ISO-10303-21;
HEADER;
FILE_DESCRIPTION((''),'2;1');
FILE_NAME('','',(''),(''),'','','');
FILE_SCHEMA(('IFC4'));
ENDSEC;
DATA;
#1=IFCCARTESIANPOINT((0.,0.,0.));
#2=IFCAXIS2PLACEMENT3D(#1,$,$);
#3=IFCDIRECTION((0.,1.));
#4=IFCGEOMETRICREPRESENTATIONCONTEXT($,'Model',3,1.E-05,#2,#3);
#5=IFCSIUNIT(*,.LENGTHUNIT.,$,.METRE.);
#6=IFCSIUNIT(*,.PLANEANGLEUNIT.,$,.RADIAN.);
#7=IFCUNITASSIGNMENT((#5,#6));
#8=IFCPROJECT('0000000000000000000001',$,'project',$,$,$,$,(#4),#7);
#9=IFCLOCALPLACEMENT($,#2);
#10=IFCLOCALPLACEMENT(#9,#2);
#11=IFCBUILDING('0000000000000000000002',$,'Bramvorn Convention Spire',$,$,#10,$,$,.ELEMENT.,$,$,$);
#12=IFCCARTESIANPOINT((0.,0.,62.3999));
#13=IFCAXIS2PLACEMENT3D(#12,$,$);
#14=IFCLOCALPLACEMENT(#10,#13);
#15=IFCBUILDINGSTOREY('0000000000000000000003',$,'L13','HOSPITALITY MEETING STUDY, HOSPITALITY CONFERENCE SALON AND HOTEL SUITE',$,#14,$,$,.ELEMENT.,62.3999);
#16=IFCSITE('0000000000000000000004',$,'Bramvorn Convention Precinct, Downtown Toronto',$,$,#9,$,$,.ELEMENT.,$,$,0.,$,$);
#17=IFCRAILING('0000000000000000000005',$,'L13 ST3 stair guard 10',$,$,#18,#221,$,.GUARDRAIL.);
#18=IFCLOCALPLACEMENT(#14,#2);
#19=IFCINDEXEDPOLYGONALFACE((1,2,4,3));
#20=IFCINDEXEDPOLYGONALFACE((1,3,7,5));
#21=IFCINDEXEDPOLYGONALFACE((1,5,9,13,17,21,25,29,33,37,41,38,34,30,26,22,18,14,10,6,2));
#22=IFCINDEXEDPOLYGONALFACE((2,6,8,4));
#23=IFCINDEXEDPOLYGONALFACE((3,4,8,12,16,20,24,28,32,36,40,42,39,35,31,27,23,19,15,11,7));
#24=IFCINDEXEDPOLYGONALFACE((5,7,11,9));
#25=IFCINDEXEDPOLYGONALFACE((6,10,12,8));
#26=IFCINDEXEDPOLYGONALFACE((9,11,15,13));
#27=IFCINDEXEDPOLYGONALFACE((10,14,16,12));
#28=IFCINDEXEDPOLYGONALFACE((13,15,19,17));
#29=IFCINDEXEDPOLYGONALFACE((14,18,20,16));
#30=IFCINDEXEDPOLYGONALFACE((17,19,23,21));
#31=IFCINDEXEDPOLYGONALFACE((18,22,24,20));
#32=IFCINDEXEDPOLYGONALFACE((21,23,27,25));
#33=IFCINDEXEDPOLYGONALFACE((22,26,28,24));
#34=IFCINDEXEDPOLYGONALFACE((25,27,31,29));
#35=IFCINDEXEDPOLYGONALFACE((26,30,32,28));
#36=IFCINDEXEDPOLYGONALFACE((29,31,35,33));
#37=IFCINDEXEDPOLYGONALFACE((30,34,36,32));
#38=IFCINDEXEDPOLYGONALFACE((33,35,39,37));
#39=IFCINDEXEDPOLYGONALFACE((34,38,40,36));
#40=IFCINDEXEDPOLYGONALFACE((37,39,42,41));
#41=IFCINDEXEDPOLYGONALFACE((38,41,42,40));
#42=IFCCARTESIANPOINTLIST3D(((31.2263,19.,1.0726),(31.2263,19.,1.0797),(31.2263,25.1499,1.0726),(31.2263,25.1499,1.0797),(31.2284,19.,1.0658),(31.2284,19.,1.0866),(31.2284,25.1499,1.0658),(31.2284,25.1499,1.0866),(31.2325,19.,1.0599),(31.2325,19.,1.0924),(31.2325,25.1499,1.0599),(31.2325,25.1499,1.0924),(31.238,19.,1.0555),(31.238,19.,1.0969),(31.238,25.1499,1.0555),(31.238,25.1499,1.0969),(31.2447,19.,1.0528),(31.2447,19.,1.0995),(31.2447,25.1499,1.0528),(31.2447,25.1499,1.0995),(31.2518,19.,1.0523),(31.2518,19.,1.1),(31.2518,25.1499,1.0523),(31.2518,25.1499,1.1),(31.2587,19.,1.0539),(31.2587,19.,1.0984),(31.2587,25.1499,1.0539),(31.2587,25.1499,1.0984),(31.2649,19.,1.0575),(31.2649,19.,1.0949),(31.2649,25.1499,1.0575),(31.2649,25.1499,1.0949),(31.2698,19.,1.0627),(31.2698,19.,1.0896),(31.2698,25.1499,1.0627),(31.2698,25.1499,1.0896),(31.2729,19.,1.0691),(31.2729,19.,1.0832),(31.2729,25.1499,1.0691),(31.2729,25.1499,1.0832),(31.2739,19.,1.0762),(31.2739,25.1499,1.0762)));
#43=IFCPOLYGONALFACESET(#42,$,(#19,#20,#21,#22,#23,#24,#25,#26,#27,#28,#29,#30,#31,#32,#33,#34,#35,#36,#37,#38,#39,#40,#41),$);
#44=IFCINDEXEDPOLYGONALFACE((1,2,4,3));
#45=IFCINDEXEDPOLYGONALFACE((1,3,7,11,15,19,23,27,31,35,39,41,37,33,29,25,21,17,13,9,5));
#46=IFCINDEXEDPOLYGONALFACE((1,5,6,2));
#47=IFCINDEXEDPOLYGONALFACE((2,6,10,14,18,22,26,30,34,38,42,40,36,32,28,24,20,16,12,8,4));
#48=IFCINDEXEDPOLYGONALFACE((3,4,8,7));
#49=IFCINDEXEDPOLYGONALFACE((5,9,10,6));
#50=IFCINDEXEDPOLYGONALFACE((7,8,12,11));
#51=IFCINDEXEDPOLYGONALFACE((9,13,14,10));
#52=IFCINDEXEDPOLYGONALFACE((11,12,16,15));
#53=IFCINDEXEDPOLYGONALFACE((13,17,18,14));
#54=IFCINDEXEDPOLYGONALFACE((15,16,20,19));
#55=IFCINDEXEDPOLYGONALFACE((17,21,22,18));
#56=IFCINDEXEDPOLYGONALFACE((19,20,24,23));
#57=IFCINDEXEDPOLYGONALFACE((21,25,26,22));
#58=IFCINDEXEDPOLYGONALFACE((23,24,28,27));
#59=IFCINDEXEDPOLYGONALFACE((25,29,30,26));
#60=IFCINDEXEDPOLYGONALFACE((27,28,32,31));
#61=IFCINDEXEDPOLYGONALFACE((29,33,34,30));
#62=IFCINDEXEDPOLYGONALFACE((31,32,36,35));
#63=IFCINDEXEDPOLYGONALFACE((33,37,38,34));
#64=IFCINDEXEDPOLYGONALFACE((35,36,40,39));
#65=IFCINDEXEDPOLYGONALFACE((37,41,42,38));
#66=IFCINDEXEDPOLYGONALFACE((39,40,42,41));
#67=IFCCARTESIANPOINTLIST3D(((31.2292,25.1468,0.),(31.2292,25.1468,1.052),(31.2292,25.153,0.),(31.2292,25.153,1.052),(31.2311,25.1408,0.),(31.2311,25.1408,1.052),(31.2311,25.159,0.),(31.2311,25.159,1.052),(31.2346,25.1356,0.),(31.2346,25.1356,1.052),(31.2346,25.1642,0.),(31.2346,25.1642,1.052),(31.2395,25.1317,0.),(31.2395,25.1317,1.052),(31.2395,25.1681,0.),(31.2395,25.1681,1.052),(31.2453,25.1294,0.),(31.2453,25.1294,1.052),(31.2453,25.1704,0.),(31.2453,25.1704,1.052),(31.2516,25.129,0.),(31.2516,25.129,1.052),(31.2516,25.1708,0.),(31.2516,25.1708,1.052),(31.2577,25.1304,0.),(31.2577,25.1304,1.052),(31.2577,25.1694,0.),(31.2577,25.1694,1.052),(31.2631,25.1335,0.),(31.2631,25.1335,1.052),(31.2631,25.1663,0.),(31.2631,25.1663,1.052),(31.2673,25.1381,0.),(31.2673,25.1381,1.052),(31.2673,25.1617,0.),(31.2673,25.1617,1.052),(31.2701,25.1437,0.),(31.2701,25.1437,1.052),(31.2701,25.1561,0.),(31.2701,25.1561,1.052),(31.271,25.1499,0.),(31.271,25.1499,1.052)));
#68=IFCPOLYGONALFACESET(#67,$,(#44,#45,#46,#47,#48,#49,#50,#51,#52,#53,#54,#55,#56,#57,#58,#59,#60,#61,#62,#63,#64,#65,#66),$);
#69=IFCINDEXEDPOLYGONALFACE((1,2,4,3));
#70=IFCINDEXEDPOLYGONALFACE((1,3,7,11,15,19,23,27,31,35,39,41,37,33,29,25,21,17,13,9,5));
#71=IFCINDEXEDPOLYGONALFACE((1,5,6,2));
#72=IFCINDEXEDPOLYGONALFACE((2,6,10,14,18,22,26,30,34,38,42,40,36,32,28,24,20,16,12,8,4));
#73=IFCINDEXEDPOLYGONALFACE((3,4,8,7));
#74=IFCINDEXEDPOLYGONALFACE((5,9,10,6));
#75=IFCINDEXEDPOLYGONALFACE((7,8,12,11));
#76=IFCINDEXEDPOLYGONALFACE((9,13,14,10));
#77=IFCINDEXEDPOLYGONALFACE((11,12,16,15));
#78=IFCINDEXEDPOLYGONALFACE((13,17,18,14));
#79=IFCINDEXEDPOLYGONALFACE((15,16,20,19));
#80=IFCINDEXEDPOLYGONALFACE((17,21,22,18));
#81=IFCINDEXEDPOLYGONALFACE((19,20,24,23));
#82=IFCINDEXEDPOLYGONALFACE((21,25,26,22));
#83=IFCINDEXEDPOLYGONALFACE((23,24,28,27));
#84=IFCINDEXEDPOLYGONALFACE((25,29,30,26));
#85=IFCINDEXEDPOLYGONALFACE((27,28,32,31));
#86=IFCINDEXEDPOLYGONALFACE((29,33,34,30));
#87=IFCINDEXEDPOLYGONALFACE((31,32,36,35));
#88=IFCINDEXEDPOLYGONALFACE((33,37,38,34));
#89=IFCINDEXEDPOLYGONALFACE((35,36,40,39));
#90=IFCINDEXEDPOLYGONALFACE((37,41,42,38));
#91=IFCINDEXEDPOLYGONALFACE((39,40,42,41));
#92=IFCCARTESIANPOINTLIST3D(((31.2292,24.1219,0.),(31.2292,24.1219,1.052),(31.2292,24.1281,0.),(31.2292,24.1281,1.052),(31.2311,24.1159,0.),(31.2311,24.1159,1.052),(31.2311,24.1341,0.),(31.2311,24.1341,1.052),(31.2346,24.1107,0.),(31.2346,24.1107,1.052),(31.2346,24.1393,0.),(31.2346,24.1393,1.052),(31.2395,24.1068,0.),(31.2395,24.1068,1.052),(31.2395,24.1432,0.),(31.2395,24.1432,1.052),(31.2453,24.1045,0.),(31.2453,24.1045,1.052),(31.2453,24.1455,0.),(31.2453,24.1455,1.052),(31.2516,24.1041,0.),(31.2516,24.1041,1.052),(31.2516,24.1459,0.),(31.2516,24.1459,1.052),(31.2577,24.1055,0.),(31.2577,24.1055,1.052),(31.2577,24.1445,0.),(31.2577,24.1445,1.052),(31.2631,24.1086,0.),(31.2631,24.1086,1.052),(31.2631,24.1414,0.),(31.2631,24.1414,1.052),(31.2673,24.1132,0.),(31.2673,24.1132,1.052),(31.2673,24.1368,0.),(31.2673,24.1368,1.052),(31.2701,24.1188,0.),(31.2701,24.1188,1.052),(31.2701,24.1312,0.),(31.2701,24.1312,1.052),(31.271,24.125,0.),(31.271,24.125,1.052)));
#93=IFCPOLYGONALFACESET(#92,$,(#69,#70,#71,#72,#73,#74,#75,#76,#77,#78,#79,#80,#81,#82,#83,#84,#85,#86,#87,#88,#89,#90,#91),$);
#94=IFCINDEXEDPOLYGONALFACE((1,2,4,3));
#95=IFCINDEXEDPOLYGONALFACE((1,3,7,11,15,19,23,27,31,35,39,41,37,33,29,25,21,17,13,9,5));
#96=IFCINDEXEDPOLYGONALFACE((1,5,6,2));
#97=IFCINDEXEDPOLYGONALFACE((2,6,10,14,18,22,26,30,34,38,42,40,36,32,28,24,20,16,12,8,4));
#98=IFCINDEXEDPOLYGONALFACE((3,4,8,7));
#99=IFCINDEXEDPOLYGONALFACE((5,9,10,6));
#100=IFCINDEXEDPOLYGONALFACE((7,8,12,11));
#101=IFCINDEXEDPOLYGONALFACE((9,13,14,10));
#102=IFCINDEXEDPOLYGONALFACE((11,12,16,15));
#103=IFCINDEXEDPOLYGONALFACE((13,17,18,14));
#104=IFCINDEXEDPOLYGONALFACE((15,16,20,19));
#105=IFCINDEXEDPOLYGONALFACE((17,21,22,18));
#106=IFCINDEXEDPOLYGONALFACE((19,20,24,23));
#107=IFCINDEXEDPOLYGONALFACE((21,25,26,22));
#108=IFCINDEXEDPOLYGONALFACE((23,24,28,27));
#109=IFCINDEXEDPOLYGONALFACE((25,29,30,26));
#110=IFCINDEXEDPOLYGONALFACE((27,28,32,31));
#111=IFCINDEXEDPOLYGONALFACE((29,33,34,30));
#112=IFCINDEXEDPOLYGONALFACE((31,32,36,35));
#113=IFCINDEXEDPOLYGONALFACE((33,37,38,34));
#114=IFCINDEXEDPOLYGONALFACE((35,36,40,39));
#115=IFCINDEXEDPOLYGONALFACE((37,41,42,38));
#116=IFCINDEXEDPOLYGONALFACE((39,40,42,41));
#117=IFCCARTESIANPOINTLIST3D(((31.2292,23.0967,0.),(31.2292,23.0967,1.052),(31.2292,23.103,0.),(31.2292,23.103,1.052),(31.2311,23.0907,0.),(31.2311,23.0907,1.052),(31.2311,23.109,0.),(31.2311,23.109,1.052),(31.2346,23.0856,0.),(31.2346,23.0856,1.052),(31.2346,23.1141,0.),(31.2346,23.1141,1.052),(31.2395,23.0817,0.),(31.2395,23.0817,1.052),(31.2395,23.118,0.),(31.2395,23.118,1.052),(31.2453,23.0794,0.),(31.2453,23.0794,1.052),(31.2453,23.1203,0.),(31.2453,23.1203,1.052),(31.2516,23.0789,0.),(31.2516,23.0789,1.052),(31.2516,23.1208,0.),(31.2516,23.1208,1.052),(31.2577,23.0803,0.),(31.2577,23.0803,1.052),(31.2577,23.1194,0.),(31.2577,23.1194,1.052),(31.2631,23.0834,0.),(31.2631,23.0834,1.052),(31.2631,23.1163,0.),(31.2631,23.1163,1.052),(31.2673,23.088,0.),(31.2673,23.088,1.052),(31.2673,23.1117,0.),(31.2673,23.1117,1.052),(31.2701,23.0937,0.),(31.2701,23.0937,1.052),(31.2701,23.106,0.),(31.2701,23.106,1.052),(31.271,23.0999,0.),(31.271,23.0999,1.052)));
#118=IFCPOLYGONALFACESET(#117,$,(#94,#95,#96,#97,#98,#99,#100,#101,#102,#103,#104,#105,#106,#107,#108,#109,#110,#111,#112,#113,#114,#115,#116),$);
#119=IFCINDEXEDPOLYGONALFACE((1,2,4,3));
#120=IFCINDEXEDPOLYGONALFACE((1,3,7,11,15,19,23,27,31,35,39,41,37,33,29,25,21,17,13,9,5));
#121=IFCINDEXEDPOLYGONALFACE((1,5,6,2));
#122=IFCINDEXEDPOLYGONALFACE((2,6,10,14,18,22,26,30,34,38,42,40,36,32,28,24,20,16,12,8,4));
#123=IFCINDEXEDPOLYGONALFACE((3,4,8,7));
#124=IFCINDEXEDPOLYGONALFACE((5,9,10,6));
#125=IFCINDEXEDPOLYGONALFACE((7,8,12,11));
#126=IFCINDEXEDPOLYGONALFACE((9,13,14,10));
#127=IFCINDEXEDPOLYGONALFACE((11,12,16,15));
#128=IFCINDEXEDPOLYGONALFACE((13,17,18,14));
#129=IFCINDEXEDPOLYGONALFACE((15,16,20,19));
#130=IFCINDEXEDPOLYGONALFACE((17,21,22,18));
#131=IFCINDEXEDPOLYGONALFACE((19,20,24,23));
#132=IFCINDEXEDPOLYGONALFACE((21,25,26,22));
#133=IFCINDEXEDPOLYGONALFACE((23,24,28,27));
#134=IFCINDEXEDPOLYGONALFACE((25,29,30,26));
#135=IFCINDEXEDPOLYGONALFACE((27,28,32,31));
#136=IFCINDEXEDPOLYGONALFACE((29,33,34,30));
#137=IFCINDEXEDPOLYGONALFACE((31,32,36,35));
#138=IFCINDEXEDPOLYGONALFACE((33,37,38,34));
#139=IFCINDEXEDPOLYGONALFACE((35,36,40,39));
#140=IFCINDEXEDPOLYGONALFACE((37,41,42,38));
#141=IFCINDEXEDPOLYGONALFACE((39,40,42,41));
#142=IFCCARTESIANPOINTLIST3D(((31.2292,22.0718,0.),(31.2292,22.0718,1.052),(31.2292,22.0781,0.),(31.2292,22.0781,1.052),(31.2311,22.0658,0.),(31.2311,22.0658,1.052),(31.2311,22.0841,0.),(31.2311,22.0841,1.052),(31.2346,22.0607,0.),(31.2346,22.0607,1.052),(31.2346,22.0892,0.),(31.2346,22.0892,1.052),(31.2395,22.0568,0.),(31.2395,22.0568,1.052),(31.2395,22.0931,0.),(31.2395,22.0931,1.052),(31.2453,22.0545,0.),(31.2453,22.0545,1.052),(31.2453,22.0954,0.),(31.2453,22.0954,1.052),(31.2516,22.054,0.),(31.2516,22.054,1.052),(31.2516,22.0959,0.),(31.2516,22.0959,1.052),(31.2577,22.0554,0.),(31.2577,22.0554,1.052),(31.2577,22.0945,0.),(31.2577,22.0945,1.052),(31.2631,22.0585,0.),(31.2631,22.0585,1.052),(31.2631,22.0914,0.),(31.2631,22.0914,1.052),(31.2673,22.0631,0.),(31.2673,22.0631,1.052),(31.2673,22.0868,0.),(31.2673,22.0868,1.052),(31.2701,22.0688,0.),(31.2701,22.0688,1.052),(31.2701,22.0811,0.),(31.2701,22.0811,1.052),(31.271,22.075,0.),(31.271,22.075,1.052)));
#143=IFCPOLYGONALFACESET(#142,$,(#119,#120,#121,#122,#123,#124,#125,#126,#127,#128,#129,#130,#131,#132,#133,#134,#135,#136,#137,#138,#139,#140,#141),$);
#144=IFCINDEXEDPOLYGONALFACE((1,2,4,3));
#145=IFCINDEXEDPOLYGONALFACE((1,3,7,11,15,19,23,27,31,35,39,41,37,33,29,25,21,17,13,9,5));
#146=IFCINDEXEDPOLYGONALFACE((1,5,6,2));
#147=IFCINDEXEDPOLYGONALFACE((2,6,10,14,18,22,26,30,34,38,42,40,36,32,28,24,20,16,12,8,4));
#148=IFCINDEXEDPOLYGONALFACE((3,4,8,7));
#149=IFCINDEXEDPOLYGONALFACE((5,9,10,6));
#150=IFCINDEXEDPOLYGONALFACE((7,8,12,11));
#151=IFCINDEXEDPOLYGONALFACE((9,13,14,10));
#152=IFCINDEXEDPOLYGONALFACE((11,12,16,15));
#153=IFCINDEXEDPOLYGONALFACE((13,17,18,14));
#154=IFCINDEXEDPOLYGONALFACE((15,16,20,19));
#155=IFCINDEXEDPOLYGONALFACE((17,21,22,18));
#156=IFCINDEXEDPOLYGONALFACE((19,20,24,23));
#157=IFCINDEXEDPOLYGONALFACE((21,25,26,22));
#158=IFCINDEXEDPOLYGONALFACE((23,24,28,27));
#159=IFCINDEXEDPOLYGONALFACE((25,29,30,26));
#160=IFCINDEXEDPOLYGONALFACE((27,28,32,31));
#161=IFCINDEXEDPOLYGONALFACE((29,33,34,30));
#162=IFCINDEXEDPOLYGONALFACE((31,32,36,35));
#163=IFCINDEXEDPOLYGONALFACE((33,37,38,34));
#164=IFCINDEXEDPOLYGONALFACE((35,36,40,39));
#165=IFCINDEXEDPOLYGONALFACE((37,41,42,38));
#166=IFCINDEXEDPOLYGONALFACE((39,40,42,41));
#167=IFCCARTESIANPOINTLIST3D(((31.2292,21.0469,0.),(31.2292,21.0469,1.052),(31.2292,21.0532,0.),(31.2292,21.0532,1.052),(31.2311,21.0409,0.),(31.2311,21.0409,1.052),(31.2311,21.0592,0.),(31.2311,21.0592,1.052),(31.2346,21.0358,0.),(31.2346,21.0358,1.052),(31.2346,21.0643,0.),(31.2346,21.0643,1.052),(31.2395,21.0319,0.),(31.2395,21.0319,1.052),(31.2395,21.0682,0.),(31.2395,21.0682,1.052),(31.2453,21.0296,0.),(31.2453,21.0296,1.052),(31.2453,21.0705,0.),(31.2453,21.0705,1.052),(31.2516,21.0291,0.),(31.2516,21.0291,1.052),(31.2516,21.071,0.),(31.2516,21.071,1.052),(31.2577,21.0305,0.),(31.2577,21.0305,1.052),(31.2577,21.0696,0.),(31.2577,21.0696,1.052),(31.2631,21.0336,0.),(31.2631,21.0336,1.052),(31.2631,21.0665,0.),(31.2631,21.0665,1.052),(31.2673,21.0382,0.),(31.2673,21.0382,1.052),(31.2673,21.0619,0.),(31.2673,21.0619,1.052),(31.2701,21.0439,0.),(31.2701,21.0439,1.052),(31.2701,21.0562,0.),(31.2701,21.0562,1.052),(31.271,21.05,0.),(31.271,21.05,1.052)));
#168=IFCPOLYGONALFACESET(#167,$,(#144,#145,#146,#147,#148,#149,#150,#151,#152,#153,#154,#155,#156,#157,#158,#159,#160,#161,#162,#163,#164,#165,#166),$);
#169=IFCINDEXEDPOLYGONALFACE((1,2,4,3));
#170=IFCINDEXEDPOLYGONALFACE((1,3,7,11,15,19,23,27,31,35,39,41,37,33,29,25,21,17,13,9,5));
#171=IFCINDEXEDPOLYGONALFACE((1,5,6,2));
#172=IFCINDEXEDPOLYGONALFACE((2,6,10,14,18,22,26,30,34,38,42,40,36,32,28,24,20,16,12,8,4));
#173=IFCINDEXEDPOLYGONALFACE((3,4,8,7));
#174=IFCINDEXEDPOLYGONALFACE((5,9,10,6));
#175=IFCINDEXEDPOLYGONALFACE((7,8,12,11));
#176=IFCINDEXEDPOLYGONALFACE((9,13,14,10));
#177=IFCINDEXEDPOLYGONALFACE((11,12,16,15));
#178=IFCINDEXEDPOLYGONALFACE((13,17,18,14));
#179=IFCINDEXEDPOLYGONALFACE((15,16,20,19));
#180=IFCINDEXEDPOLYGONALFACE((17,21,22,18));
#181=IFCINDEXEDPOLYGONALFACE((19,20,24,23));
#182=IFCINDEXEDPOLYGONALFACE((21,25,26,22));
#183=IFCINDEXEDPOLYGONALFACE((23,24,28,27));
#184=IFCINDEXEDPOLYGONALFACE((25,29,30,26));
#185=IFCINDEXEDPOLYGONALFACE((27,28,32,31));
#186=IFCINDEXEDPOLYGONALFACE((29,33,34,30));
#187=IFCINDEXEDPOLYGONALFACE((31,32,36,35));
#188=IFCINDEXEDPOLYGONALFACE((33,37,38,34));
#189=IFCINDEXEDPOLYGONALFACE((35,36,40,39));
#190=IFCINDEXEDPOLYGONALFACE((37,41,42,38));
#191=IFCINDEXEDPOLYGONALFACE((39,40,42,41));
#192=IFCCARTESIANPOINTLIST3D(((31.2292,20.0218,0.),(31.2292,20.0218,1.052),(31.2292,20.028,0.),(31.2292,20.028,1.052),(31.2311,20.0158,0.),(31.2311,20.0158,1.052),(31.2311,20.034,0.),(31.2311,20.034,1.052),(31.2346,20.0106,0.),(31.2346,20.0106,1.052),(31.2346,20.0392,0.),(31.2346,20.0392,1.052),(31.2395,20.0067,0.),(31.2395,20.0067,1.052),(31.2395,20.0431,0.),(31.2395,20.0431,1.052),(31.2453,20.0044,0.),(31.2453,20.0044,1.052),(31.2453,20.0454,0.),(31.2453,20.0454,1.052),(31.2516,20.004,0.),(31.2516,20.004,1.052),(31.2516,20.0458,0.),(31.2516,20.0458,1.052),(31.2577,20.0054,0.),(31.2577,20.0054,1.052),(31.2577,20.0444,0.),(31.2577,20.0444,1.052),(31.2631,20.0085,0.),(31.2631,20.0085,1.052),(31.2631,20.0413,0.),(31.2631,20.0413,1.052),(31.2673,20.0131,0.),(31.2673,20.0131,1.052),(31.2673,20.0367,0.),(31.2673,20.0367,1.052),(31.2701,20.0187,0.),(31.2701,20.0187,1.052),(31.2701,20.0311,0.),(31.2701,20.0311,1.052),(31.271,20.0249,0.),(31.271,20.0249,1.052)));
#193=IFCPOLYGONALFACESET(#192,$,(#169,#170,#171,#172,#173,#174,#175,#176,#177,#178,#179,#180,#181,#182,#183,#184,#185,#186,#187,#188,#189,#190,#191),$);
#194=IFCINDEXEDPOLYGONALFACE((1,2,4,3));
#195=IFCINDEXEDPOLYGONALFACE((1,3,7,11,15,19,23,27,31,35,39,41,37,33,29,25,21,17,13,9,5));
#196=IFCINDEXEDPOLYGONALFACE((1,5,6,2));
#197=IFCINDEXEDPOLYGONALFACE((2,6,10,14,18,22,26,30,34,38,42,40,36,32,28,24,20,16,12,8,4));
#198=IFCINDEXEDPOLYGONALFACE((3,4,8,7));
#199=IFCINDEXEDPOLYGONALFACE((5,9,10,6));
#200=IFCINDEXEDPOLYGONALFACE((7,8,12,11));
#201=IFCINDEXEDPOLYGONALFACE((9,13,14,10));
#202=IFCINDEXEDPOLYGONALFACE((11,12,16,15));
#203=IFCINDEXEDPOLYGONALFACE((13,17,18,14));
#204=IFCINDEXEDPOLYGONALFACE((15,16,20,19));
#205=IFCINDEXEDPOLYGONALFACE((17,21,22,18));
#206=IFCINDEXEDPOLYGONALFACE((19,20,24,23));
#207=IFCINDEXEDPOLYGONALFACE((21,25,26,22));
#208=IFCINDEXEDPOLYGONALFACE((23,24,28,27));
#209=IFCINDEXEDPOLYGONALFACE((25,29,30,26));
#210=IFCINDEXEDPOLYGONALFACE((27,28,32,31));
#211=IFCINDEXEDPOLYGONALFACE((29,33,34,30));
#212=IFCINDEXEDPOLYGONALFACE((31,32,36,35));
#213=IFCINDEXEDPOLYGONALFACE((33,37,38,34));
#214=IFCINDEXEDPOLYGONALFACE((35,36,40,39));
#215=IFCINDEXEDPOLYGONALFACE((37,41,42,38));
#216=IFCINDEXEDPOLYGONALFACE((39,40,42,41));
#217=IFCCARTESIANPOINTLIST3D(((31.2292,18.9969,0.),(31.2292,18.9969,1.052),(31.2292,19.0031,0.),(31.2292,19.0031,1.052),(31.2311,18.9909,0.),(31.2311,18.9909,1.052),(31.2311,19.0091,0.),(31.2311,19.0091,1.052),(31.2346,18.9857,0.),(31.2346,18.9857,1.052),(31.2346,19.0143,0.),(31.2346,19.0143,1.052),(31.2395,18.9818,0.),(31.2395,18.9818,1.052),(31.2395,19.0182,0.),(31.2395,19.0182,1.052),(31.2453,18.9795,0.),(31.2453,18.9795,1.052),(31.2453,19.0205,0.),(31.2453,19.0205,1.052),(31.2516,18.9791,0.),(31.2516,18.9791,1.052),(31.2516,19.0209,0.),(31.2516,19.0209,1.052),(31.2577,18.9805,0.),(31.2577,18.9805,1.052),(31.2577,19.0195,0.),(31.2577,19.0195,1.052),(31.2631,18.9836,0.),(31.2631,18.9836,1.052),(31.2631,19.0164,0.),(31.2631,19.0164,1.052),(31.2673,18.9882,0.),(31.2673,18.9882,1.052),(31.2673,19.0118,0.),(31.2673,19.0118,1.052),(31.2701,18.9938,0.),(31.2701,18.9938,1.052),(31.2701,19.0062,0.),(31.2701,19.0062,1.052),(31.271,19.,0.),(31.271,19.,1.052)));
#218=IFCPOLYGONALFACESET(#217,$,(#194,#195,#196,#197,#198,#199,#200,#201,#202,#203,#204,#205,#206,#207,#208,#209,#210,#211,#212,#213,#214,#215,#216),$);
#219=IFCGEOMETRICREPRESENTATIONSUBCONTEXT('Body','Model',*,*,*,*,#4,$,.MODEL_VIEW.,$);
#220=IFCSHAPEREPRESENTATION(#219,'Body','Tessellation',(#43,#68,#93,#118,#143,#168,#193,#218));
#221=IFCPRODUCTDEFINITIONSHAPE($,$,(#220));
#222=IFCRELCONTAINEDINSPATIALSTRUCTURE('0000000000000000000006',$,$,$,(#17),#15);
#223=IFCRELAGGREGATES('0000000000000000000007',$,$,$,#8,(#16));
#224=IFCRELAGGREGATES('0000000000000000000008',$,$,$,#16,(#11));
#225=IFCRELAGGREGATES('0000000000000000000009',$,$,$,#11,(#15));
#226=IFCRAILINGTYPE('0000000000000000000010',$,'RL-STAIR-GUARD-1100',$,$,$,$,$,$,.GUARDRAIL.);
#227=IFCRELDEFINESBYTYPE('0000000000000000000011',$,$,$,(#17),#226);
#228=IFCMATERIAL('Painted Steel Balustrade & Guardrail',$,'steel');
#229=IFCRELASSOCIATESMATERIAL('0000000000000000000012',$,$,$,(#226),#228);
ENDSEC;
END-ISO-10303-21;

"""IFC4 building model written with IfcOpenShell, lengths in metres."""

from ifc_helpers import new_model, si_unit, direction, frame, origin, origin_2d, place, context, subcontext, project, spatial, circle, extrude, material, type_object, element, save


model = new_model("IFC4")

# Units and contexts
model_context = context("Model", 3, precision=1e-05, world=origin(), true_north=direction((0.0, 1.0)))
body_context = subcontext(model_context, "Body", "Model", "MODEL_VIEW")
ifc_project = project(units=[si_unit("LENGTHUNIT", "METRE"), si_unit("PLANEANGLEUNIT", "RADIAN")], contexts=[model_context])

# Site, building, storey
site_placement = place(None, origin())
site = spatial("IfcSite", under=ifc_project, at=site_placement, Name="Bramvorn Convention Precinct, Downtown Toronto", CompositionType="ELEMENT", RefElevation=0.0)
building_placement = place(site_placement, origin())
building = spatial("IfcBuilding", under=site, at=building_placement, Name="Bramvorn Convention Spire", CompositionType="ELEMENT")
storey_placement = place(building_placement, frame((0.0, 0.0, 62.3999)))
storey = spatial("IfcBuildingStorey", under=building, at=storey_placement, Name="L13", Description="HOSPITALITY MEETING STUDY, HOSPITALITY CONFERENCE SALON AND HOTEL SUITE", CompositionType="ELEMENT", Elevation=62.3999)

# Railing
ifc_material_1 = material(Name="Painted Steel Balustrade & Guardrail", Category="steel")
railing_type_1 = type_object("IfcRailingType", Name="RL-STAIR-GUARD-1100", PredefinedType="GUARDRAIL", material=ifc_material_1)
railing_1_placement = place(storey_placement, frame((31.25, 25.1499, 0.0)))
element("IfcRailing", 1, at=railing_1_placement, inside=storey, type_object=railing_type_1, Name="L13 ST3 stair guard 10", PredefinedType="GUARDRAIL", context=body_context, shape_type="SweptSolid", body=[
    extrude(circle(Radius=0.0239, at=origin_2d()), frame((0.0, 0.0, 1.0762), z_axis=(0.0, -1.0, 0.0), x_axis=(1.0, 0.0, 0.0)), (0.0, 0.0, 1.0), 6.1499),
    extrude(circle(Radius=0.021, at=origin_2d()), origin(), (0.0, 0.0, 1.0), 1.052),
    extrude(circle(Radius=0.021, at=origin_2d()), frame((0.0, -1.0249, 0.0)), (0.0, 0.0, 1.0), 1.052),
    extrude(circle(Radius=0.021, at=origin_2d()), frame((0.0, -2.05, 0.0)), (0.0, 0.0, 1.0), 1.052),
    extrude(circle(Radius=0.021, at=origin_2d()), frame((0.0, -3.075, 0.0)), (0.0, 0.0, 1.0), 1.052),
    extrude(circle(Radius=0.021, at=origin_2d()), frame((0.0, -4.0999, 0.0)), (0.0, 0.0, 1.0), 1.052),
    extrude(circle(Radius=0.021, at=origin_2d()), frame((0.0, -5.125, 0.0)), (0.0, 0.0, 1.0), 1.052),
    extrude(circle(Radius=0.021, at=origin_2d()), frame((0.0, -6.1499, 0.0)), (0.0, 0.0, 1.0), 1.052),
])

save(model, "model.ifc")
